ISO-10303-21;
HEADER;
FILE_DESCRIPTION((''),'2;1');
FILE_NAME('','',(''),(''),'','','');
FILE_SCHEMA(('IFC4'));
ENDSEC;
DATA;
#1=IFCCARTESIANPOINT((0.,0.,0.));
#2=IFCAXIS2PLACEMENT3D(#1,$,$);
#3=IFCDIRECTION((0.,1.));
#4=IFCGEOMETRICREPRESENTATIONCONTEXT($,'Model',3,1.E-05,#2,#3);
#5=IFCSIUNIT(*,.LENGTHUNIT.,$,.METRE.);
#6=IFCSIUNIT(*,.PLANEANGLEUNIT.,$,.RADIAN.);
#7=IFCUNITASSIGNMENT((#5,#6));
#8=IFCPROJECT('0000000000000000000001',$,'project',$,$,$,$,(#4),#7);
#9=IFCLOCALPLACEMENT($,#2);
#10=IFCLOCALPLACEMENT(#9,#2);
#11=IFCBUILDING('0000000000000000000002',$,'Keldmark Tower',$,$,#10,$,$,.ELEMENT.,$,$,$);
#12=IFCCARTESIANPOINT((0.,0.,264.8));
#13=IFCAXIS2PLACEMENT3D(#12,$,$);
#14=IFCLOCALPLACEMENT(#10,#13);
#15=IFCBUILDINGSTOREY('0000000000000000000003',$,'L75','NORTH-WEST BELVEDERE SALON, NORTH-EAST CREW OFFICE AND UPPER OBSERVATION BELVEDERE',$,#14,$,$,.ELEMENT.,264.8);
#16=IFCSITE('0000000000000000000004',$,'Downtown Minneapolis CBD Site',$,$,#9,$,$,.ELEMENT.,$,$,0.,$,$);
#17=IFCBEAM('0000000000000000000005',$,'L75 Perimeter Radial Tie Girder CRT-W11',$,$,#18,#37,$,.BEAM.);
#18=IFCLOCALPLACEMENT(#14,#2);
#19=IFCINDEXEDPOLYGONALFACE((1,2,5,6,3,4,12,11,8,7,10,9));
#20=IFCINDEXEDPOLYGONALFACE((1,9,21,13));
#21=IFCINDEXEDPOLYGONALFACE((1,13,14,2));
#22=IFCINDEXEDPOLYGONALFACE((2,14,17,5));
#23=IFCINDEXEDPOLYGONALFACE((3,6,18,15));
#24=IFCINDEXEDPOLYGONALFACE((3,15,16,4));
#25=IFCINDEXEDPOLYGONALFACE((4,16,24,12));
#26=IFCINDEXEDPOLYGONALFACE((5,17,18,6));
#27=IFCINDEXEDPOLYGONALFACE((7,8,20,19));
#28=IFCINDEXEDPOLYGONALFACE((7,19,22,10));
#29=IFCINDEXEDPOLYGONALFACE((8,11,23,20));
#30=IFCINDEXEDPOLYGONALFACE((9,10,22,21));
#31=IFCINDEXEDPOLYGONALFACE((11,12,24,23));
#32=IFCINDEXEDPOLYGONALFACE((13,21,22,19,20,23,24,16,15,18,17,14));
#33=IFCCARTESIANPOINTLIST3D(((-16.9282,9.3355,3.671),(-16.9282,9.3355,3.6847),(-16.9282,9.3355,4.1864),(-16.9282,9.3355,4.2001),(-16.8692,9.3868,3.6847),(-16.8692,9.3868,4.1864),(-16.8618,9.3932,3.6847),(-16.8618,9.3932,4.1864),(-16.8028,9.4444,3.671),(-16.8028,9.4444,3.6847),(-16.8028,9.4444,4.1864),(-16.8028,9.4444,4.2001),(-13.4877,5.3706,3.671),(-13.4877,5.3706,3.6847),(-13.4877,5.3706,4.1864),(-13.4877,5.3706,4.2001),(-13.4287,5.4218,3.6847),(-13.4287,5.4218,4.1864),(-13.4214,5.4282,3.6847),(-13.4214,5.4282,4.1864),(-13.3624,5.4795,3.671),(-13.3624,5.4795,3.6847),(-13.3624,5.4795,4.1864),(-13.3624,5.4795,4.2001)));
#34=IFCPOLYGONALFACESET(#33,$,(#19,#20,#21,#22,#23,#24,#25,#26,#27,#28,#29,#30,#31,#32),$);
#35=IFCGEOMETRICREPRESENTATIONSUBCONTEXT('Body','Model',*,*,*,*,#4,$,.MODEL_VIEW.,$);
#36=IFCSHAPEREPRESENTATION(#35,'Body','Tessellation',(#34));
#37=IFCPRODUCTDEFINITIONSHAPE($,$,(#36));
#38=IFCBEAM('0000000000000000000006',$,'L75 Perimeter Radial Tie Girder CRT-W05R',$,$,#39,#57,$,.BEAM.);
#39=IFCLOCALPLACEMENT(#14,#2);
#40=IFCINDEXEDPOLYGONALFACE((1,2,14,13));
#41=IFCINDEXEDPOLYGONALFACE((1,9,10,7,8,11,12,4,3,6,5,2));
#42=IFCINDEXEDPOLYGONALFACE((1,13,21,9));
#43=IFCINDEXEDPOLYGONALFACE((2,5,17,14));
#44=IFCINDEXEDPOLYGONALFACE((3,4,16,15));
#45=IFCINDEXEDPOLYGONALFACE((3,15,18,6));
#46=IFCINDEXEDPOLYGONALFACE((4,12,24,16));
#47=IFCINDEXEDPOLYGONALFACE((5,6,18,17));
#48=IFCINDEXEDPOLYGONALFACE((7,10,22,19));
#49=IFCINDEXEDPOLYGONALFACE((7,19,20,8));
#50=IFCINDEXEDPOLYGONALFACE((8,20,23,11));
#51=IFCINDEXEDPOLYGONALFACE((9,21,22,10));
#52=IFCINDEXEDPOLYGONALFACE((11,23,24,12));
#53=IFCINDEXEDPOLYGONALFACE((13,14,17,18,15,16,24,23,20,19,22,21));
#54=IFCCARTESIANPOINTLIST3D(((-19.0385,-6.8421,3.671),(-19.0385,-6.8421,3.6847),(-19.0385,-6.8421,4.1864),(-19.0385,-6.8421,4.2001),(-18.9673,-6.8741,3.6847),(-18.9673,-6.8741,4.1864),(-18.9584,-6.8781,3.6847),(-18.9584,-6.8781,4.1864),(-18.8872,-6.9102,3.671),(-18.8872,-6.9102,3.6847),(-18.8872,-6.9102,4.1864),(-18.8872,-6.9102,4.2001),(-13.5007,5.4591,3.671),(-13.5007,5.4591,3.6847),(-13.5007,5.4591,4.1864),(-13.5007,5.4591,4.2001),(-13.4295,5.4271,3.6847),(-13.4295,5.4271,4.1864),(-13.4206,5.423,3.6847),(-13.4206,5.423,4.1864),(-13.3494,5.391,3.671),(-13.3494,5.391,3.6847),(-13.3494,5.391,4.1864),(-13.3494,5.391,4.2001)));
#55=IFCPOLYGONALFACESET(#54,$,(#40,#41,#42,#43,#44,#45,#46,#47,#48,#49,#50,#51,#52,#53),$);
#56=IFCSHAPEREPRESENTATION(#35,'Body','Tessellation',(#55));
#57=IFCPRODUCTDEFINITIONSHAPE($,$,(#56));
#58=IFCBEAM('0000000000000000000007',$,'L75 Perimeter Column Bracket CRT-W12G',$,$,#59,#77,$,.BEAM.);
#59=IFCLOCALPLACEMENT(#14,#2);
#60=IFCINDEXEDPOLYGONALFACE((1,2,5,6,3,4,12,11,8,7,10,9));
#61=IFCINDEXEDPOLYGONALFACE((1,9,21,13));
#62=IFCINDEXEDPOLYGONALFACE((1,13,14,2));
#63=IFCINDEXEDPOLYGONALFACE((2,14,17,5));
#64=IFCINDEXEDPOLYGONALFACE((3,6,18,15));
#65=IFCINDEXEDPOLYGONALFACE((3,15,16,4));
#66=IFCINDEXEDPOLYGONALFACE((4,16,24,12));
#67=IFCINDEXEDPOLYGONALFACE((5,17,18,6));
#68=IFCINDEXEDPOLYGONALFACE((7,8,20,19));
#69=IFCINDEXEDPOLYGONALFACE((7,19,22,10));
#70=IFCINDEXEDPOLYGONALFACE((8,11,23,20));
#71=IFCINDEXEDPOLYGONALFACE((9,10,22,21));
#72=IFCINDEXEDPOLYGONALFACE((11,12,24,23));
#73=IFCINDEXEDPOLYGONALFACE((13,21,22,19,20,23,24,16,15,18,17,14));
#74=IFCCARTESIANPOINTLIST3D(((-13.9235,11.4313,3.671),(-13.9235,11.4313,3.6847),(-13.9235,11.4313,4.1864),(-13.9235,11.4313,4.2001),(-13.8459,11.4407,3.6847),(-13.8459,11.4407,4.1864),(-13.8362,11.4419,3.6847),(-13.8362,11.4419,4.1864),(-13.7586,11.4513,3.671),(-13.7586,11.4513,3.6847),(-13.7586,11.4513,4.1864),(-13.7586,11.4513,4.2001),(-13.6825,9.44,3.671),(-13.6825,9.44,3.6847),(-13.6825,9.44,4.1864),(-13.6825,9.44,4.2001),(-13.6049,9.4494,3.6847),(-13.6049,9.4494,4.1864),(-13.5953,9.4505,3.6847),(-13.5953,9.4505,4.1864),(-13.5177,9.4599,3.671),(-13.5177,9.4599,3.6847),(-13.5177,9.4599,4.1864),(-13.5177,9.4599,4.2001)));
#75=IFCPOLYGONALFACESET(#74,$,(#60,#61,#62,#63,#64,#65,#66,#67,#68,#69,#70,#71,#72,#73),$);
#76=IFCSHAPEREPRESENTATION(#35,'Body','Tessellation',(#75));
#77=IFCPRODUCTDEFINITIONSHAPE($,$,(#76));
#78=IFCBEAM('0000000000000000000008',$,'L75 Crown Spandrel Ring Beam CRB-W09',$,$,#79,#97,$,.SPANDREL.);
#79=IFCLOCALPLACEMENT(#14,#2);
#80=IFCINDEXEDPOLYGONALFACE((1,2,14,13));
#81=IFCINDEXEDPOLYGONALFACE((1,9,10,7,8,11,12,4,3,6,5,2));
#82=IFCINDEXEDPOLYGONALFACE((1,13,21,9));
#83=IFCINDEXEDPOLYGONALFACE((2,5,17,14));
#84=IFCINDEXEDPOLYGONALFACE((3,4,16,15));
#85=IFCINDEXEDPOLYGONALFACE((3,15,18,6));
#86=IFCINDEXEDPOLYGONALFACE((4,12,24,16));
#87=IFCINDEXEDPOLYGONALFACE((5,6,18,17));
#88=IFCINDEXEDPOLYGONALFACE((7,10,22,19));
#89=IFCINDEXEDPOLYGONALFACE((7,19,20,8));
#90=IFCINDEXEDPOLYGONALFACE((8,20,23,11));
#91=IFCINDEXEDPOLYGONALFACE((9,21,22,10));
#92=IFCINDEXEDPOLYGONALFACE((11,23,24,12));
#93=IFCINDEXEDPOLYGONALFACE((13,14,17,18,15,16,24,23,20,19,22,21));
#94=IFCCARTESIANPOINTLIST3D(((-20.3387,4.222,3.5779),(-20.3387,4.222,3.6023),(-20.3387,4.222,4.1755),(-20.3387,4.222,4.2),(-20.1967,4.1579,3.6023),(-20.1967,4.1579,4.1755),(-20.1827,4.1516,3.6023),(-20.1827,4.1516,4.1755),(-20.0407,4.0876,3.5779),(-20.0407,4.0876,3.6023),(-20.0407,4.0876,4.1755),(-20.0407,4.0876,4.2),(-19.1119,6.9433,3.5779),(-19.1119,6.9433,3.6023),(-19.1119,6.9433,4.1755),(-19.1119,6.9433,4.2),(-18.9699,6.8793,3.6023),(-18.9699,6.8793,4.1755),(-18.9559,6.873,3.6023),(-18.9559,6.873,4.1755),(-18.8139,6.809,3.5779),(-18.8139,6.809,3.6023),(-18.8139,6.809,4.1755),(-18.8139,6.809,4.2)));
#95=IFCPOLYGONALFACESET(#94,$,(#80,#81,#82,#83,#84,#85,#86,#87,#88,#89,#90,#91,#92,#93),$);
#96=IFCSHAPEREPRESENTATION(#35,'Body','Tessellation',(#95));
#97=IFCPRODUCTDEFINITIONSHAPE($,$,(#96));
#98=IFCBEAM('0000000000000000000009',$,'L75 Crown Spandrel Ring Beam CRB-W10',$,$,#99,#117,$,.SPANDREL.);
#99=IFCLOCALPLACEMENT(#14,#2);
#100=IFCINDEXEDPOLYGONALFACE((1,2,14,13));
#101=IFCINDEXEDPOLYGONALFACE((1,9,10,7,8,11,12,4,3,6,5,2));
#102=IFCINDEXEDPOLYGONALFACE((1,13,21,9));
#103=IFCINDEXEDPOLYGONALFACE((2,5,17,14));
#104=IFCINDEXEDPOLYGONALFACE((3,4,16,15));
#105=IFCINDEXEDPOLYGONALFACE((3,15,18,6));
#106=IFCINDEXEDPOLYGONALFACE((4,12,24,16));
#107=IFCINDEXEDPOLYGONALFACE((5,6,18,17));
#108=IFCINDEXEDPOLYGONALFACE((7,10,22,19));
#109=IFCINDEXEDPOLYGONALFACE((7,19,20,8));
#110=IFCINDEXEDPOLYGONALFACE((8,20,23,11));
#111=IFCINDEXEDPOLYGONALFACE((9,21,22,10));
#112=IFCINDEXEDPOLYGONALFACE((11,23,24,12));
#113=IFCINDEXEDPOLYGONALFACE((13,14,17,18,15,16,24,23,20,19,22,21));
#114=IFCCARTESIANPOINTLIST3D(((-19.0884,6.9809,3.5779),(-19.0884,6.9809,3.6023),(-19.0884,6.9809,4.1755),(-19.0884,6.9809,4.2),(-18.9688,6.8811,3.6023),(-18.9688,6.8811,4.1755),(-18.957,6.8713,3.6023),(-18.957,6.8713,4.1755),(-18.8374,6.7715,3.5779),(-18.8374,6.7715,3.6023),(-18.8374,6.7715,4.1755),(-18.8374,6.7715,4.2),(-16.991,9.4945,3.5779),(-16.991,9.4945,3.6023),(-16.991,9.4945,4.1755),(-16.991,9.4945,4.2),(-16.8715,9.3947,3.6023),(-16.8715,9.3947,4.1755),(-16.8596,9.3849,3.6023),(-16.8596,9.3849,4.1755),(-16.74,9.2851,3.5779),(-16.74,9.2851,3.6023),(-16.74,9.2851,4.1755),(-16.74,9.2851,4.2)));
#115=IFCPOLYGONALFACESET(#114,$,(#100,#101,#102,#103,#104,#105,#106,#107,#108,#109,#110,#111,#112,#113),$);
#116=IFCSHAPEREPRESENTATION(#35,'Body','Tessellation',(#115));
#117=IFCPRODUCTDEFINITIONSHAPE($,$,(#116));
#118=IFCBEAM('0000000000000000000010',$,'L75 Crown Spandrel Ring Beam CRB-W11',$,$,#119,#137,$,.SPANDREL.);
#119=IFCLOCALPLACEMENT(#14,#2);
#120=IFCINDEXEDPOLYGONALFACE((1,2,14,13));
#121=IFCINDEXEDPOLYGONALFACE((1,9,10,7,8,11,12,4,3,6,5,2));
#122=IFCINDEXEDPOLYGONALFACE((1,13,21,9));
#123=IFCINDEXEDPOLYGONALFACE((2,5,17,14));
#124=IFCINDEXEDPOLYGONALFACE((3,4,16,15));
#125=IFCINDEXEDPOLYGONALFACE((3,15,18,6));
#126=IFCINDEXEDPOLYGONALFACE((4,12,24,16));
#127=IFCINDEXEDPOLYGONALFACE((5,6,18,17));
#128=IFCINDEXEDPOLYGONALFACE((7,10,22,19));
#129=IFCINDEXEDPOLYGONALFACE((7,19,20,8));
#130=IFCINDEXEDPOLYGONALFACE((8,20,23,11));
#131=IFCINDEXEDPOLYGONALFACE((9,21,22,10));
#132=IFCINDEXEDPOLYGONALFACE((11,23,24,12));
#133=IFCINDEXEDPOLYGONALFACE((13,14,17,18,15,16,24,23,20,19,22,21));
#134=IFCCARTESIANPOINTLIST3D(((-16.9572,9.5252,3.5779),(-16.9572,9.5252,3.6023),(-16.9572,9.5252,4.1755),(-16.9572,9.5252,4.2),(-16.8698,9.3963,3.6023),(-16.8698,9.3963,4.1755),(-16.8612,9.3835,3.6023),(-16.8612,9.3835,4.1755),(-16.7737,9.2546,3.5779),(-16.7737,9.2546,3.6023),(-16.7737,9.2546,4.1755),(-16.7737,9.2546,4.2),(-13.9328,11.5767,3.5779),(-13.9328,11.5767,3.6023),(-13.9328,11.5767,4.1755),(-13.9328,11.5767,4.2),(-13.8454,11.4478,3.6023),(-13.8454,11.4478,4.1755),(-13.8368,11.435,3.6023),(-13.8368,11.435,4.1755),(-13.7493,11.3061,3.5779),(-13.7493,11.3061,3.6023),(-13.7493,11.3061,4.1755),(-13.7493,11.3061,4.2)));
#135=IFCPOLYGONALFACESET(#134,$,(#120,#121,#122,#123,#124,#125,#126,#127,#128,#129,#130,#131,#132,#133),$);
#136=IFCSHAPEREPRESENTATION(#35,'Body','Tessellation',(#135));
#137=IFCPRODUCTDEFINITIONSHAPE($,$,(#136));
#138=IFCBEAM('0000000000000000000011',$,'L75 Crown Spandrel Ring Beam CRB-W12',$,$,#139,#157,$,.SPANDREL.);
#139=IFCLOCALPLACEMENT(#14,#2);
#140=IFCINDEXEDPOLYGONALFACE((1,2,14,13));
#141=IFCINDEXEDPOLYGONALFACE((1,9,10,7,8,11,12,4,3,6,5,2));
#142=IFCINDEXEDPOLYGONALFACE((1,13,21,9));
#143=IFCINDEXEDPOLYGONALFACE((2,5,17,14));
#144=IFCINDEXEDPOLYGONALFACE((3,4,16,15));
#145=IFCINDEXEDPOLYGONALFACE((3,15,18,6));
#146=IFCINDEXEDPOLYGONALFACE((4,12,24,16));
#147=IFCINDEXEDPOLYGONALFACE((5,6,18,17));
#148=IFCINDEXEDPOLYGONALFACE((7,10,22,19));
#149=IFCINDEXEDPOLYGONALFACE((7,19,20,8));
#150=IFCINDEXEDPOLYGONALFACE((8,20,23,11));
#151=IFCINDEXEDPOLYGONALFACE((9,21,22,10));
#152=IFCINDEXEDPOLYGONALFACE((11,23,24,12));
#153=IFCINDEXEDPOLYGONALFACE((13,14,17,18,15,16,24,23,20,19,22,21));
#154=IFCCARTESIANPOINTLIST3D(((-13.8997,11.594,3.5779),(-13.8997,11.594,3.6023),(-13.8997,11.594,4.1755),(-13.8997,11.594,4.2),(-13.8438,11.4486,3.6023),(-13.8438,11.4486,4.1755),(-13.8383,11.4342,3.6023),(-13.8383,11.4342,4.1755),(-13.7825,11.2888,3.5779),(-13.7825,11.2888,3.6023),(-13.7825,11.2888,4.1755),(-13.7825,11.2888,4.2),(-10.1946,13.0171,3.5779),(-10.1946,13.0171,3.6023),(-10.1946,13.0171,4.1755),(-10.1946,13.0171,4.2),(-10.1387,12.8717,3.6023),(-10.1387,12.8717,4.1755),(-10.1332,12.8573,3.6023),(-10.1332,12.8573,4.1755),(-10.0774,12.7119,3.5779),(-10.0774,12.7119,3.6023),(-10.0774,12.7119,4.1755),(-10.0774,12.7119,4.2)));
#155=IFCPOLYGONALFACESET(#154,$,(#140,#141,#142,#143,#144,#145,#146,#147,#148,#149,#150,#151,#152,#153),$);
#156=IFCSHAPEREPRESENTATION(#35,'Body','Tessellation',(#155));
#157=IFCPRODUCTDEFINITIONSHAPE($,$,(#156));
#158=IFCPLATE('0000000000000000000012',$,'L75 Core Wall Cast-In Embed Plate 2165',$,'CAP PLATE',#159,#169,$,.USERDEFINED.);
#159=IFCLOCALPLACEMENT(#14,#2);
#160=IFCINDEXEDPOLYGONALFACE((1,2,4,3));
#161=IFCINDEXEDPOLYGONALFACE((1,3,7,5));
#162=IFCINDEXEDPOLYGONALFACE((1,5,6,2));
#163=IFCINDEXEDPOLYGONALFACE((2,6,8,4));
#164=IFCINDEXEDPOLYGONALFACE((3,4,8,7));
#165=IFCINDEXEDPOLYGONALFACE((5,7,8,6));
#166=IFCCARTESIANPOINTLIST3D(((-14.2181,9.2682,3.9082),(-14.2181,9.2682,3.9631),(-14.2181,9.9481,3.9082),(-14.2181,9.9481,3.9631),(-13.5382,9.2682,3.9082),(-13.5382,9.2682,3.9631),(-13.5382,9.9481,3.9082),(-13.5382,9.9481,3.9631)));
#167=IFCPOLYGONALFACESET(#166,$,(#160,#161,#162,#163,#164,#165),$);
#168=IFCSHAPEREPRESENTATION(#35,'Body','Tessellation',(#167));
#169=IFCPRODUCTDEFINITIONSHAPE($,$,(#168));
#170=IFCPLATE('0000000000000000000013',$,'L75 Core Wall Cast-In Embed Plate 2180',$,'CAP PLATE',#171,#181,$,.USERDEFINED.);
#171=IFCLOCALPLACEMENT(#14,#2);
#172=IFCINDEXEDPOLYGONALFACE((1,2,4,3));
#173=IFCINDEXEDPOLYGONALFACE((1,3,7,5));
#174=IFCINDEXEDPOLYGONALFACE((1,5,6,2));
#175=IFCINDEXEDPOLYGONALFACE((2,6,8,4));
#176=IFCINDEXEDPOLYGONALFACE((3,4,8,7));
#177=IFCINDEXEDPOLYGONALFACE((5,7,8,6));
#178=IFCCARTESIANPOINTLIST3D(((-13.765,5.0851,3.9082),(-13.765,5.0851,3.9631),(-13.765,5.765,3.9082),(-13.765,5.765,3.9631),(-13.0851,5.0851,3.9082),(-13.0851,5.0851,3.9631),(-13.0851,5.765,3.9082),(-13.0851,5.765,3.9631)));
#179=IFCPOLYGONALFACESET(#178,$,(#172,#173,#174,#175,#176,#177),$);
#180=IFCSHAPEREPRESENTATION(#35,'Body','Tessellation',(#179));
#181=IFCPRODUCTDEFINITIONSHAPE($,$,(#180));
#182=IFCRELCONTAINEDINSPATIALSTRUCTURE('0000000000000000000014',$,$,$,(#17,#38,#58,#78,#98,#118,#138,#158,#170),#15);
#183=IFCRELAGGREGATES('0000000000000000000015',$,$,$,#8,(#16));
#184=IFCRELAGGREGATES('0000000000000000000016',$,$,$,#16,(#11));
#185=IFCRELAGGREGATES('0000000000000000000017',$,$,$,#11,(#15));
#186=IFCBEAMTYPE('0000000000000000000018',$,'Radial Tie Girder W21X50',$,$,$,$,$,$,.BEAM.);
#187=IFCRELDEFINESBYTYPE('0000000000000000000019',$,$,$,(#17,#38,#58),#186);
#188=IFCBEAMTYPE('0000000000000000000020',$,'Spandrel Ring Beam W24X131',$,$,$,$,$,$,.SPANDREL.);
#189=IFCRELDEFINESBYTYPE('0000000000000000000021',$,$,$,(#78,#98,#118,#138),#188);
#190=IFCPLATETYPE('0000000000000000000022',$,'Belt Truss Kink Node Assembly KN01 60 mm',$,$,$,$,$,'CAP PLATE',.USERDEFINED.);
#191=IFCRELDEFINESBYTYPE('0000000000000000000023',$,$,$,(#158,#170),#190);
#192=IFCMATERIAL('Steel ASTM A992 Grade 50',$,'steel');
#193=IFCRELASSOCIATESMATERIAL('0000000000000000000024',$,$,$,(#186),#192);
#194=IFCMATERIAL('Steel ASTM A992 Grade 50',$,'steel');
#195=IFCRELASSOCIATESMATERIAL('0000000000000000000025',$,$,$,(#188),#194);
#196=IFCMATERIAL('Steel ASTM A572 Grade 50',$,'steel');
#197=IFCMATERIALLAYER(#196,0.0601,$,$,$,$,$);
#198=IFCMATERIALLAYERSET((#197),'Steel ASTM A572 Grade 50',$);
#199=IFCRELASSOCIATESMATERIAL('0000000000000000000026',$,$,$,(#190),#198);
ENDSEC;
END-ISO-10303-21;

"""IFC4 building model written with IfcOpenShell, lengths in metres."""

from ifc_helpers import new_model, si_unit, direction, frame, origin, origin_2d, place, context, subcontext, project, spatial, rectangle, i_section, extrude, material, layer, layer_set, material_profile, profile_set, type_object, element, save


model = new_model("IFC4")

# Units and contexts
model_context = context("Model", 3, precision=1e-05, world=origin(), true_north=direction((0.0, 1.0)))
body_context = subcontext(model_context, "Body", "Model", "MODEL_VIEW")
ifc_project = project(units=[si_unit("LENGTHUNIT", "METRE"), si_unit("PLANEANGLEUNIT", "RADIAN")], contexts=[model_context])

# Site, building, storey
site_placement = place(None, origin())
site = spatial("IfcSite", under=ifc_project, at=site_placement, Name="Downtown Minneapolis CBD Site", CompositionType="ELEMENT", RefElevation=0.0)
building_placement = place(site_placement, origin())
building = spatial("IfcBuilding", under=site, at=building_placement, Name="Keldmark Tower", CompositionType="ELEMENT")
storey_placement = place(building_placement, frame((0.0, 0.0, 264.8)))
storey = spatial("IfcBuildingStorey", under=building, at=storey_placement, Name="L75", Description="NORTH-WEST BELVEDERE SALON, NORTH-EAST CREW OFFICE AND UPPER OBSERVATION BELVEDERE", CompositionType="ELEMENT", Elevation=264.8)

# Beams
ifc_material_1 = material(Name="Steel ASTM A992 Grade 50", Category="steel")
ifc_material_profile_1 = material_profile(ifc_material_1, i_section(OverallWidth=0.166, OverallDepth=0.5291, WebThickness=0.0098, FlangeThickness=0.0137, at=origin_2d()), Name="W21X50")
ifc_profile_set_1 = profile_set([ifc_material_profile_1], Name="Steel ASTM A992 Grade 50")
beam_type_1 = type_object("IfcBeamType", Name="Radial Tie Girder W21X50", PredefinedType="BEAM", material=ifc_profile_set_1)
beam_1_placement = place(storey_placement, frame((-13.425, 5.425, 3.9355), z_axis=(-0.655391, 0.75529, 0.0), x_axis=(-0.75529, -0.655391, 0.0)))
element("IfcBeam", 1, at=beam_1_placement, inside=storey, type_object=beam_type_1, Name="L75 Perimeter Radial Tie Girder CRT-W11", PredefinedType="BEAM", context=body_context, shape_type="SweptSolid", body=[
    extrude(i_section(OverallWidth=0.166, OverallDepth=0.5291, WebThickness=0.0098, FlangeThickness=0.0137, at=origin_2d()), origin(), (0.0, 0.0, 1.0), 5.2495),
])
beam_2_placement = place(storey_placement, frame((-13.425, 5.425, 3.9355), z_axis=(-0.410505, -0.911859, 0.0), x_axis=(0.911859, -0.410505, 0.0)))
element("IfcBeam", 2, at=beam_2_placement, inside=storey, type_object=beam_type_1, Name="L75 Perimeter Radial Tie Girder CRT-W05R", PredefinedType="BEAM", context=body_context, shape_type="SweptSolid", body=[
    extrude(i_section(OverallWidth=0.166, OverallDepth=0.5291, WebThickness=0.0098, FlangeThickness=0.0137, at=origin_2d()), origin(), (0.0, 0.0, 1.0), 13.4902),
])
beam_3_placement = place(storey_placement, frame((-13.6001, 9.45, 3.9355), z_axis=(-0.120124, 0.992759, 0.0), x_axis=(-0.992759, -0.120124, 0.0)))
element("IfcBeam", 3, at=beam_3_placement, inside=storey, type_object=beam_type_1, Name="L75 Perimeter Column Bracket CRT-W12G", PredefinedType="BEAM", context=body_context, shape_type="SweptSolid", body=[
    extrude(i_section(OverallWidth=0.166, OverallDepth=0.5291, WebThickness=0.0098, FlangeThickness=0.0137, at=origin_2d()), origin(), (0.0, 0.0, 1.0), 2.0059),
])
ifc_material_2 = material(Name="Steel ASTM A992 Grade 50", Category="steel")
ifc_material_profile_2 = material_profile(ifc_material_2, i_section(OverallWidth=0.3269, OverallDepth=0.6221, WebThickness=0.0154, FlangeThickness=0.0244, at=origin_2d()), Name="W24X131")
ifc_profile_set_2 = profile_set([ifc_material_profile_2], Name="Steel ASTM A992 Grade 50")
beam_type_2 = type_object("IfcBeamType", Name="Spandrel Ring Beam W24X131", PredefinedType="SPANDREL", material=ifc_profile_set_2)
beam_4_placement = place(storey_placement, frame((-20.1897, 4.1548, 3.8889), z_axis=(0.410966, 0.91165, 0.0), x_axis=(-0.91165, 0.410966, 0.0)))
element("IfcBeam", 4, at=beam_4_placement, inside=storey, type_object=beam_type_2, Name="L75 Crown Spandrel Ring Beam CRB-W09", PredefinedType="SPANDREL", context=body_context, shape_type="SweptSolid", body=[
    extrude(i_section(OverallWidth=0.3269, OverallDepth=0.6221, WebThickness=0.0154, FlangeThickness=0.0244, at=origin_2d()), origin(), (0.0, 0.0, 1.0), 2.9851),
])
beam_5_placement = place(storey_placement, frame((-18.9629, 6.8762, 3.8889), z_axis=(0.640668, 0.767818, 0.0), x_axis=(-0.767818, 0.640668, 0.0)))
element("IfcBeam", 5, at=beam_5_placement, inside=storey, type_object=beam_type_2, Name="L75 Crown Spandrel Ring Beam CRB-W10", PredefinedType="SPANDREL", context=body_context, shape_type="SweptSolid", body=[
    extrude(i_section(OverallWidth=0.3269, OverallDepth=0.6221, WebThickness=0.0154, FlangeThickness=0.0244, at=origin_2d()), origin(), (0.0, 0.0, 1.0), 3.2737),
])
beam_6_placement = place(storey_placement, frame((-16.8655, 9.3899, 3.8889), z_axis=(0.827573, 0.561358, 0.0), x_axis=(-0.561358, 0.827573, 0.0)))
element("IfcBeam", 6, at=beam_6_placement, inside=storey, type_object=beam_type_2, Name="L75 Crown Spandrel Ring Beam CRB-W11", PredefinedType="SPANDREL", context=body_context, shape_type="SweptSolid", body=[
    extrude(i_section(OverallWidth=0.3269, OverallDepth=0.6221, WebThickness=0.0154, FlangeThickness=0.0244, at=origin_2d()), origin(), (0.0, 0.0, 1.0), 3.6545),
])
beam_7_placement = place(storey_placement, frame((-13.8411, 11.4414, 3.8889), z_axis=(0.933509, 0.358554, 0.0), x_axis=(-0.358554, 0.933509, 0.0)))
element("IfcBeam", 7, at=beam_7_placement, inside=storey, type_object=beam_type_2, Name="L75 Crown Spandrel Ring Beam CRB-W12", PredefinedType="SPANDREL", context=body_context, shape_type="SweptSolid", body=[
    extrude(i_section(OverallWidth=0.3269, OverallDepth=0.6221, WebThickness=0.0154, FlangeThickness=0.0244, at=origin_2d()), origin(), (0.0, 0.0, 1.0), 3.969),
])

# Plates
ifc_material_3 = material(Name="Steel ASTM A572 Grade 50", Category="steel")
ifc_layer_1 = layer(ifc_material_3, 0.0601)
ifc_layer_set_1 = layer_set([ifc_layer_1], Name="Steel ASTM A572 Grade 50")
plate_type_1 = type_object("IfcPlateType", Name="Belt Truss Kink Node Assembly KN01 60 mm", ElementType="CAP PLATE", PredefinedType="USERDEFINED", material=ifc_layer_set_1)
for number, where, z_axis, x_axis, name in (
    (8, (-13.8782, 9.6082, 3.9082), (0.0, 0.0, 1.0), (1.0, 0.0, 0.0), "L75 Core Wall Cast-In Embed Plate 2165"),
    (9, (-13.425, 5.425, 3.9082), (0.0, 0.0, 1.0), (1.0, 0.0, 0.0), "L75 Core Wall Cast-In Embed Plate 2180"),
):
    element("IfcPlate", number, at=place(storey_placement, frame(where, z_axis=z_axis, x_axis=x_axis)), inside=storey, type_object=plate_type_1, Name=name, ObjectType="CAP PLATE", PredefinedType="USERDEFINED", context=body_context, shape_type="SweptSolid", body=[
        extrude(rectangle(XDim=0.6799, YDim=0.6799, at=origin_2d()), origin(), (0.0, 0.0, 1.0), 0.0549),
    ])

save(model, "model.ifc")
